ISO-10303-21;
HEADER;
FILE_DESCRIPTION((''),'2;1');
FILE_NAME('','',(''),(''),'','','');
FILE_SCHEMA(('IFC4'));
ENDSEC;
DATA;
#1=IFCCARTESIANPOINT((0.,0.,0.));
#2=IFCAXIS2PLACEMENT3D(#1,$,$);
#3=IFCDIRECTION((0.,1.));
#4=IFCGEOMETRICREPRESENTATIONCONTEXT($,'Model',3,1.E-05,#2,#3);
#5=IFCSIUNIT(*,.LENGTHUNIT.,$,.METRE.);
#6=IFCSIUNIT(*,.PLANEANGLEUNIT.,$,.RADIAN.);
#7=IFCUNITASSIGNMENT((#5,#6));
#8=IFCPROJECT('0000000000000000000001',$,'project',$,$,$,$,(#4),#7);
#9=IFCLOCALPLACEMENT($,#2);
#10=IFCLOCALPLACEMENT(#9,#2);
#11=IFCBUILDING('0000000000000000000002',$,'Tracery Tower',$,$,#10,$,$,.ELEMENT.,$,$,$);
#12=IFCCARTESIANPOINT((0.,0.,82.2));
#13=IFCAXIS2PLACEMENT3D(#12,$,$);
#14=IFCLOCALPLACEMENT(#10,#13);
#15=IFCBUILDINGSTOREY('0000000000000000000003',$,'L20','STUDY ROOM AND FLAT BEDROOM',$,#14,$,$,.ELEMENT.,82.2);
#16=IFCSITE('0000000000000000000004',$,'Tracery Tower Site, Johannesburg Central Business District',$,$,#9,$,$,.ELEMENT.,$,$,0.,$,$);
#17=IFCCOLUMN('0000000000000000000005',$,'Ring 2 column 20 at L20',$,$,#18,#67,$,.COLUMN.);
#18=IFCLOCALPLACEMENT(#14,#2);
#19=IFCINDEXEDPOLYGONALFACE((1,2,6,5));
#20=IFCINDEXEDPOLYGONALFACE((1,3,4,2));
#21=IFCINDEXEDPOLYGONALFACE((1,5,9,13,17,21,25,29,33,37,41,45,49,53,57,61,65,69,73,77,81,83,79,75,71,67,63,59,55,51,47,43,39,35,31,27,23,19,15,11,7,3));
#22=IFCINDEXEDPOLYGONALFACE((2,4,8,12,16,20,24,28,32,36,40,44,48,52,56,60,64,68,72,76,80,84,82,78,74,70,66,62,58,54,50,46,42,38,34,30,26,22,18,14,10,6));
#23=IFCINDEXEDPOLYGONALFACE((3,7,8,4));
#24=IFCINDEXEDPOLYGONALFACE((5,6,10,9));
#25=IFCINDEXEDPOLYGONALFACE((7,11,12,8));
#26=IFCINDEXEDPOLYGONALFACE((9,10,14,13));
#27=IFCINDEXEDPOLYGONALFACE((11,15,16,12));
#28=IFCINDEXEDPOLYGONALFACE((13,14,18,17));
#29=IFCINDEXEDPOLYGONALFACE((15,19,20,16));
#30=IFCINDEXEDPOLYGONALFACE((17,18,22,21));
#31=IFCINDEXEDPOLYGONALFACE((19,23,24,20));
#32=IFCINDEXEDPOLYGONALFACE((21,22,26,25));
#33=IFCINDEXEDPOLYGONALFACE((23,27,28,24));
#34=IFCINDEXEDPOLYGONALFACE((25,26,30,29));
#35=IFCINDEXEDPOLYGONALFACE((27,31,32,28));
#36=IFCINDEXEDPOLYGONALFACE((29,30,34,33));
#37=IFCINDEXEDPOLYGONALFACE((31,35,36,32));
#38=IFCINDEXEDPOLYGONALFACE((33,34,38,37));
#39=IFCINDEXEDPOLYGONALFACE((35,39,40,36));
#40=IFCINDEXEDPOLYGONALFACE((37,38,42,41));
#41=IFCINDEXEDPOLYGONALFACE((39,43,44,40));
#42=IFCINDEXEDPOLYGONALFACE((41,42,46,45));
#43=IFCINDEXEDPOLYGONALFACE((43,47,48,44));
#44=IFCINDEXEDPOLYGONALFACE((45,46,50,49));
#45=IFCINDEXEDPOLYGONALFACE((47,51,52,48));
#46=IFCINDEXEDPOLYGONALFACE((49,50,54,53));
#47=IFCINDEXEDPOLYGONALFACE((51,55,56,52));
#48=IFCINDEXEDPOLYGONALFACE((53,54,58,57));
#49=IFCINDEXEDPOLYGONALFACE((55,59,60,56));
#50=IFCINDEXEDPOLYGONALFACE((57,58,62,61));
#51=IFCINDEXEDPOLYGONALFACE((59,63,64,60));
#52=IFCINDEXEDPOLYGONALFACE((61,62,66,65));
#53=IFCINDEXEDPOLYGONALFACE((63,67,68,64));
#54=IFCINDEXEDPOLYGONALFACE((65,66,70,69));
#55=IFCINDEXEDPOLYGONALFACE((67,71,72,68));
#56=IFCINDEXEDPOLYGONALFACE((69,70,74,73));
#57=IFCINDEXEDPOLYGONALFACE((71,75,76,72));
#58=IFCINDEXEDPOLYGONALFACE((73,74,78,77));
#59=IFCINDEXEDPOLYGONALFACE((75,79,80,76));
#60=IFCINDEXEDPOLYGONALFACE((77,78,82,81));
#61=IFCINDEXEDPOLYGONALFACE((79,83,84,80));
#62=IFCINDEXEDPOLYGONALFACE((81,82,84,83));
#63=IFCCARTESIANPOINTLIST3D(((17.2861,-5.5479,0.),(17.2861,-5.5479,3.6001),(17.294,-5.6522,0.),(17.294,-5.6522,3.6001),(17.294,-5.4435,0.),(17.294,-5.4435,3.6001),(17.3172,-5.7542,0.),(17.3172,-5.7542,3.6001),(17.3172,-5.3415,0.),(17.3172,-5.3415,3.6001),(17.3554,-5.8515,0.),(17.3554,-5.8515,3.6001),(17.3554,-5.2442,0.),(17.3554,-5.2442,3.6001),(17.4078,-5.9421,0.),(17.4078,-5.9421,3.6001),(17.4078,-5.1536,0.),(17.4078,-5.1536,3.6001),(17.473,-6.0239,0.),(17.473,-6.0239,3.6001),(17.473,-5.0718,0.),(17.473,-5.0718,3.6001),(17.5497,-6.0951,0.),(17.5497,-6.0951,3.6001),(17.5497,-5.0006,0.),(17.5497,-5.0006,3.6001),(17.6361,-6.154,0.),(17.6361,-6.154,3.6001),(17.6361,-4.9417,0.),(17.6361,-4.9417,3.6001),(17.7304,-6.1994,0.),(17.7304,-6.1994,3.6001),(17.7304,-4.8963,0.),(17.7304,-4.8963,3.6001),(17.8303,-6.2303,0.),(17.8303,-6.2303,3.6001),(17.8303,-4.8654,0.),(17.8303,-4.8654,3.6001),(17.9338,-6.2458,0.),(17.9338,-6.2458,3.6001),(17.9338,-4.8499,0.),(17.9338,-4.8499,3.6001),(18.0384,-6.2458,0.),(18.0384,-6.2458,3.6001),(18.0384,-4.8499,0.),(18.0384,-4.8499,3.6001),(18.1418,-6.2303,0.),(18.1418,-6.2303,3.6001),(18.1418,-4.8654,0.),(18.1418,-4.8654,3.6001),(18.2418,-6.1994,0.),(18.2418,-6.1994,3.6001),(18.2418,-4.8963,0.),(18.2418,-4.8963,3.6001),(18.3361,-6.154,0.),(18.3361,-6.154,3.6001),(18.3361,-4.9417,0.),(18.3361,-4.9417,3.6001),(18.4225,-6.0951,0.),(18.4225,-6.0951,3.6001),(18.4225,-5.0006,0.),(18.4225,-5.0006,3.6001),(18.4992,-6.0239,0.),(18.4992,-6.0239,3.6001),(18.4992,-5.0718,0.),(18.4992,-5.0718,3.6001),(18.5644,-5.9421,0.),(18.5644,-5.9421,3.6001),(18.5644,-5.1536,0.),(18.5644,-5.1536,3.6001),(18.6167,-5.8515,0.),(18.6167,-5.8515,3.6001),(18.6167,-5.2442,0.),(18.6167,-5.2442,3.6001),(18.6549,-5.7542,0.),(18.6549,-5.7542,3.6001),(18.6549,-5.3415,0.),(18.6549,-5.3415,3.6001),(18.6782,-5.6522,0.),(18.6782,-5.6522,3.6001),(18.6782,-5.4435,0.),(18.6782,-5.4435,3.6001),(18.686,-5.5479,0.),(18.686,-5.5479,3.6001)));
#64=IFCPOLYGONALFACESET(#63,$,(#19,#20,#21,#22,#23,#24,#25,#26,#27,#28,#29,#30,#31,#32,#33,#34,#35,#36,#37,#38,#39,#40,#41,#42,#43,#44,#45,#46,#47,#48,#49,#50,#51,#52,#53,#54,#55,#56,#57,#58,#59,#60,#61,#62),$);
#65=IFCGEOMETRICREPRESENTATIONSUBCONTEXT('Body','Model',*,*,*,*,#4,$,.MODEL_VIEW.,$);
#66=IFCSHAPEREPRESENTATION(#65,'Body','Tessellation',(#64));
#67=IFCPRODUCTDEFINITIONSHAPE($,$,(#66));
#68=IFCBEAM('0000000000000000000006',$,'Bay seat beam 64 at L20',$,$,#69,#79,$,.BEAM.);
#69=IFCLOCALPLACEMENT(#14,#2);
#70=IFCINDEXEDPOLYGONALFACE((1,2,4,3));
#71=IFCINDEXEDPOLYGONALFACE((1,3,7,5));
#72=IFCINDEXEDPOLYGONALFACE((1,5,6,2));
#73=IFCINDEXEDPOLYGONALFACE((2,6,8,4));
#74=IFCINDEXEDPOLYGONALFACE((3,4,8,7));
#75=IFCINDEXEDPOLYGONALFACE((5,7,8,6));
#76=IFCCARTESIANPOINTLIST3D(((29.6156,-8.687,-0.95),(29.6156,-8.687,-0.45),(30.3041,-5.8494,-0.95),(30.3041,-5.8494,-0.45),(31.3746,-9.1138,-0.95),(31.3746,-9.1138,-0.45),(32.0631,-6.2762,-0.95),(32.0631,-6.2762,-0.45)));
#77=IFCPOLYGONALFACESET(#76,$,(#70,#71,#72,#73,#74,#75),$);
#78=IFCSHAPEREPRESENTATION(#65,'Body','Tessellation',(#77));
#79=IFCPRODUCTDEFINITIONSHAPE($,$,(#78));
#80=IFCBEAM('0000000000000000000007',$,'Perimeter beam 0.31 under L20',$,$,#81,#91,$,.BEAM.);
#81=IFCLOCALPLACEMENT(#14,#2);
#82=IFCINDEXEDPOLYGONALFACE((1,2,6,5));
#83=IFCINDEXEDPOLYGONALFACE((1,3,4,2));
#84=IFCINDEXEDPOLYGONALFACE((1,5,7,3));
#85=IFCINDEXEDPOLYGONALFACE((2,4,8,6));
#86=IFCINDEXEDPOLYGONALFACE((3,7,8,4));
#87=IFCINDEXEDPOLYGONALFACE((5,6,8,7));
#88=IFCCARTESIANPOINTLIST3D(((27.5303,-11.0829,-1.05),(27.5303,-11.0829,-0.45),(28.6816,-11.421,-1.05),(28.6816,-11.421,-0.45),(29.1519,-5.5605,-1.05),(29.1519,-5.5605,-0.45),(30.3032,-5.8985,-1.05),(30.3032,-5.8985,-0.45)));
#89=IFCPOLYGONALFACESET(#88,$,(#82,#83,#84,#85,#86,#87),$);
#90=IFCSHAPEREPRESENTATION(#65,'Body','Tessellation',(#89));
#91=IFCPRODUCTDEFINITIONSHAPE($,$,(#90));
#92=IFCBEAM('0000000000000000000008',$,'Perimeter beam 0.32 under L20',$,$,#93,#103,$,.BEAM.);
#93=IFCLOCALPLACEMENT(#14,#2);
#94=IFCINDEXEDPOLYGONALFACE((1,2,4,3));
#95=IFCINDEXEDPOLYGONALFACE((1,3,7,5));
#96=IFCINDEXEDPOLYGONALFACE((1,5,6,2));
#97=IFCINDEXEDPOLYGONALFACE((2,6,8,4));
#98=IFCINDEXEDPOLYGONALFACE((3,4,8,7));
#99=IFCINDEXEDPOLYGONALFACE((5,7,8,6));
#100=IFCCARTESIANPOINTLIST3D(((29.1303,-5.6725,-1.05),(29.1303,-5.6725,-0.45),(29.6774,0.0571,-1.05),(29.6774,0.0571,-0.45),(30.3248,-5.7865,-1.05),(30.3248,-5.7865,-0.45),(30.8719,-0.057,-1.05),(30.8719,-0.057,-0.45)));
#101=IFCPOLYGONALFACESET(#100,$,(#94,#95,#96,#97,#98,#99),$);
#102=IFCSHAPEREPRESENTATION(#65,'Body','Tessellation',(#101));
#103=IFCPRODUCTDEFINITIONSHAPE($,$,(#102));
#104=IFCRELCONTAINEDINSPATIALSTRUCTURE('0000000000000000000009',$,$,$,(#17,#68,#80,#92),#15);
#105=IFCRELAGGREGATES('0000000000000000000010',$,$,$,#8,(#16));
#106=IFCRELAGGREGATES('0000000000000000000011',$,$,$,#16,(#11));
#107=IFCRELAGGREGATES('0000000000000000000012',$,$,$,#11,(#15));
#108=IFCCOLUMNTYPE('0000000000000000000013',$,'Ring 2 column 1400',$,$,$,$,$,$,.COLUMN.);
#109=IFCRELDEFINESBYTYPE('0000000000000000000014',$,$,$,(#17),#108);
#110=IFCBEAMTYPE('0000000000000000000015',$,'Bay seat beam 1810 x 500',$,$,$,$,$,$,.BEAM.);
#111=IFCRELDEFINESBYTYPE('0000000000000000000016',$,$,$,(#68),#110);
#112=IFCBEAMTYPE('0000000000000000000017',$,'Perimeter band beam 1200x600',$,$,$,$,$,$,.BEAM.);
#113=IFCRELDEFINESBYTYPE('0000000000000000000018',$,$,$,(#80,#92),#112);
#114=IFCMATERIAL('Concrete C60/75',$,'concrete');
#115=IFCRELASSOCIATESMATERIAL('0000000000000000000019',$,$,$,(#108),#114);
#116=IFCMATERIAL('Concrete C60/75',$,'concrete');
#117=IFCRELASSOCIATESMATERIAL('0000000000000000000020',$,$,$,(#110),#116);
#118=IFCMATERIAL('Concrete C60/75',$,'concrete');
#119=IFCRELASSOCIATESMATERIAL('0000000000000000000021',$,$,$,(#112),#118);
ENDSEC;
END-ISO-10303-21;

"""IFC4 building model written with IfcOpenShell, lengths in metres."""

from ifc_helpers import new_model, si_unit, direction, frame, origin, origin_2d, place, context, subcontext, project, spatial, rectangle, circle, extrude, material, material_profile, profile_set, type_object, element, save


model = new_model("IFC4")

# Units and contexts
model_context = context("Model", 3, precision=1e-05, world=origin(), true_north=direction((0.0, 1.0)))
body_context = subcontext(model_context, "Body", "Model", "MODEL_VIEW")
ifc_project = project(units=[si_unit("LENGTHUNIT", "METRE"), si_unit("PLANEANGLEUNIT", "RADIAN")], contexts=[model_context])

# Site, building, storey
site_placement = place(None, origin())
site = spatial("IfcSite", under=ifc_project, at=site_placement, Name="Tracery Tower Site, Johannesburg Central Business District", CompositionType="ELEMENT", RefElevation=0.0)
building_placement = place(site_placement, origin())
building = spatial("IfcBuilding", under=site, at=building_placement, Name="Tracery Tower", CompositionType="ELEMENT")
storey_placement = place(building_placement, frame((0.0, 0.0, 82.2)))
storey = spatial("IfcBuildingStorey", under=building, at=storey_placement, Name="L20", Description="STUDY ROOM AND FLAT BEDROOM", CompositionType="ELEMENT", Elevation=82.2)

# Column
ifc_material_1 = material(Name="Concrete C60/75", Category="concrete")
ifc_material_profile_1 = material_profile(ifc_material_1, circle(Radius=0.7, at=origin_2d()), Name="RC D1400")
ifc_profile_set_1 = profile_set([ifc_material_profile_1], Name="Concrete C60/75")
column_type_1 = type_object("IfcColumnType", Name="Ring 2 column 1400", PredefinedType="COLUMN", material=ifc_profile_set_1)
for number, where, z_axis, x_axis, name in (
    (1, (17.9861, -5.5479, 0.0), (0.0, 0.0, 1.0), (1.0, 0.0, 0.0), "Ring 2 column 20 at L20"),
):
    element("IfcColumn", number, at=place(storey_placement, frame(where, z_axis=z_axis, x_axis=x_axis)), inside=storey, type_object=column_type_1, Name=name, PredefinedType="COLUMN", context=body_context, shape_type="SweptSolid", body=[
        extrude(circle(Radius=0.7, at=origin_2d()), origin(), (0.0, 0.0, 1.0), 3.6001),
    ])

# Beams
ifc_material_2 = material(Name="Concrete C60/75", Category="concrete")
ifc_material_profile_2 = material_profile(ifc_material_2, rectangle(XDim=1.8101, YDim=0.5, at=origin_2d()), Name="RC 1810x500")
ifc_profile_set_2 = profile_set([ifc_material_profile_2], Name="Concrete C60/75")
beam_type_1 = type_object("IfcBeamType", Name="Bay seat beam 1810 x 500", PredefinedType="BEAM", material=ifc_profile_set_2)
beam_placement = place(storey_placement, frame((30.4951, -8.9004, -0.7), z_axis=(0.235782, 0.971806, 0.0), x_axis=(-0.971806, 0.235782, 0.0)))
element("IfcBeam", 2, at=beam_placement, inside=storey, type_object=beam_type_1, Name="Bay seat beam 64 at L20", PredefinedType="BEAM", context=body_context, shape_type="SweptSolid", body=[
    extrude(rectangle(XDim=1.8101, YDim=0.5, at=origin_2d()), origin(), (0.0, 0.0, 1.0), 2.9199),
])
ifc_material_3 = material(Name="Concrete C60/75", Category="concrete")
ifc_material_profile_3 = material_profile(ifc_material_3, rectangle(XDim=1.2, YDim=0.6001, at=origin_2d()), Name="RC 1200x600")
ifc_profile_set_3 = profile_set([ifc_material_profile_3], Name="Concrete C60/75")
beam_type_2 = type_object("IfcBeamType", Name="Perimeter band beam 1200x600", PredefinedType="BEAM", material=ifc_profile_set_3)
for number, where, z_axis, x_axis, name in (
    (3, (28.106, -11.252, -0.75), (0.281739, 0.959491, 0.0), (-0.959491, 0.281739, 0.0), "Perimeter beam 0.31 under L20"),
    (4, (29.7275, -5.7295, -0.75), (0.095059, 0.995472, 0.0), (-0.995472, 0.095059, 0.0), "Perimeter beam 0.32 under L20"),
):
    element("IfcBeam", number, at=place(storey_placement, frame(where, z_axis=z_axis, x_axis=x_axis)), inside=storey, type_object=beam_type_2, Name=name, PredefinedType="BEAM", context=body_context, shape_type="SweptSolid", body=[
        extrude(rectangle(XDim=1.2, YDim=0.6001, at=origin_2d()), origin(), (0.0, 0.0, 1.0), 5.7556),
    ])

save(model, "model.ifc")
